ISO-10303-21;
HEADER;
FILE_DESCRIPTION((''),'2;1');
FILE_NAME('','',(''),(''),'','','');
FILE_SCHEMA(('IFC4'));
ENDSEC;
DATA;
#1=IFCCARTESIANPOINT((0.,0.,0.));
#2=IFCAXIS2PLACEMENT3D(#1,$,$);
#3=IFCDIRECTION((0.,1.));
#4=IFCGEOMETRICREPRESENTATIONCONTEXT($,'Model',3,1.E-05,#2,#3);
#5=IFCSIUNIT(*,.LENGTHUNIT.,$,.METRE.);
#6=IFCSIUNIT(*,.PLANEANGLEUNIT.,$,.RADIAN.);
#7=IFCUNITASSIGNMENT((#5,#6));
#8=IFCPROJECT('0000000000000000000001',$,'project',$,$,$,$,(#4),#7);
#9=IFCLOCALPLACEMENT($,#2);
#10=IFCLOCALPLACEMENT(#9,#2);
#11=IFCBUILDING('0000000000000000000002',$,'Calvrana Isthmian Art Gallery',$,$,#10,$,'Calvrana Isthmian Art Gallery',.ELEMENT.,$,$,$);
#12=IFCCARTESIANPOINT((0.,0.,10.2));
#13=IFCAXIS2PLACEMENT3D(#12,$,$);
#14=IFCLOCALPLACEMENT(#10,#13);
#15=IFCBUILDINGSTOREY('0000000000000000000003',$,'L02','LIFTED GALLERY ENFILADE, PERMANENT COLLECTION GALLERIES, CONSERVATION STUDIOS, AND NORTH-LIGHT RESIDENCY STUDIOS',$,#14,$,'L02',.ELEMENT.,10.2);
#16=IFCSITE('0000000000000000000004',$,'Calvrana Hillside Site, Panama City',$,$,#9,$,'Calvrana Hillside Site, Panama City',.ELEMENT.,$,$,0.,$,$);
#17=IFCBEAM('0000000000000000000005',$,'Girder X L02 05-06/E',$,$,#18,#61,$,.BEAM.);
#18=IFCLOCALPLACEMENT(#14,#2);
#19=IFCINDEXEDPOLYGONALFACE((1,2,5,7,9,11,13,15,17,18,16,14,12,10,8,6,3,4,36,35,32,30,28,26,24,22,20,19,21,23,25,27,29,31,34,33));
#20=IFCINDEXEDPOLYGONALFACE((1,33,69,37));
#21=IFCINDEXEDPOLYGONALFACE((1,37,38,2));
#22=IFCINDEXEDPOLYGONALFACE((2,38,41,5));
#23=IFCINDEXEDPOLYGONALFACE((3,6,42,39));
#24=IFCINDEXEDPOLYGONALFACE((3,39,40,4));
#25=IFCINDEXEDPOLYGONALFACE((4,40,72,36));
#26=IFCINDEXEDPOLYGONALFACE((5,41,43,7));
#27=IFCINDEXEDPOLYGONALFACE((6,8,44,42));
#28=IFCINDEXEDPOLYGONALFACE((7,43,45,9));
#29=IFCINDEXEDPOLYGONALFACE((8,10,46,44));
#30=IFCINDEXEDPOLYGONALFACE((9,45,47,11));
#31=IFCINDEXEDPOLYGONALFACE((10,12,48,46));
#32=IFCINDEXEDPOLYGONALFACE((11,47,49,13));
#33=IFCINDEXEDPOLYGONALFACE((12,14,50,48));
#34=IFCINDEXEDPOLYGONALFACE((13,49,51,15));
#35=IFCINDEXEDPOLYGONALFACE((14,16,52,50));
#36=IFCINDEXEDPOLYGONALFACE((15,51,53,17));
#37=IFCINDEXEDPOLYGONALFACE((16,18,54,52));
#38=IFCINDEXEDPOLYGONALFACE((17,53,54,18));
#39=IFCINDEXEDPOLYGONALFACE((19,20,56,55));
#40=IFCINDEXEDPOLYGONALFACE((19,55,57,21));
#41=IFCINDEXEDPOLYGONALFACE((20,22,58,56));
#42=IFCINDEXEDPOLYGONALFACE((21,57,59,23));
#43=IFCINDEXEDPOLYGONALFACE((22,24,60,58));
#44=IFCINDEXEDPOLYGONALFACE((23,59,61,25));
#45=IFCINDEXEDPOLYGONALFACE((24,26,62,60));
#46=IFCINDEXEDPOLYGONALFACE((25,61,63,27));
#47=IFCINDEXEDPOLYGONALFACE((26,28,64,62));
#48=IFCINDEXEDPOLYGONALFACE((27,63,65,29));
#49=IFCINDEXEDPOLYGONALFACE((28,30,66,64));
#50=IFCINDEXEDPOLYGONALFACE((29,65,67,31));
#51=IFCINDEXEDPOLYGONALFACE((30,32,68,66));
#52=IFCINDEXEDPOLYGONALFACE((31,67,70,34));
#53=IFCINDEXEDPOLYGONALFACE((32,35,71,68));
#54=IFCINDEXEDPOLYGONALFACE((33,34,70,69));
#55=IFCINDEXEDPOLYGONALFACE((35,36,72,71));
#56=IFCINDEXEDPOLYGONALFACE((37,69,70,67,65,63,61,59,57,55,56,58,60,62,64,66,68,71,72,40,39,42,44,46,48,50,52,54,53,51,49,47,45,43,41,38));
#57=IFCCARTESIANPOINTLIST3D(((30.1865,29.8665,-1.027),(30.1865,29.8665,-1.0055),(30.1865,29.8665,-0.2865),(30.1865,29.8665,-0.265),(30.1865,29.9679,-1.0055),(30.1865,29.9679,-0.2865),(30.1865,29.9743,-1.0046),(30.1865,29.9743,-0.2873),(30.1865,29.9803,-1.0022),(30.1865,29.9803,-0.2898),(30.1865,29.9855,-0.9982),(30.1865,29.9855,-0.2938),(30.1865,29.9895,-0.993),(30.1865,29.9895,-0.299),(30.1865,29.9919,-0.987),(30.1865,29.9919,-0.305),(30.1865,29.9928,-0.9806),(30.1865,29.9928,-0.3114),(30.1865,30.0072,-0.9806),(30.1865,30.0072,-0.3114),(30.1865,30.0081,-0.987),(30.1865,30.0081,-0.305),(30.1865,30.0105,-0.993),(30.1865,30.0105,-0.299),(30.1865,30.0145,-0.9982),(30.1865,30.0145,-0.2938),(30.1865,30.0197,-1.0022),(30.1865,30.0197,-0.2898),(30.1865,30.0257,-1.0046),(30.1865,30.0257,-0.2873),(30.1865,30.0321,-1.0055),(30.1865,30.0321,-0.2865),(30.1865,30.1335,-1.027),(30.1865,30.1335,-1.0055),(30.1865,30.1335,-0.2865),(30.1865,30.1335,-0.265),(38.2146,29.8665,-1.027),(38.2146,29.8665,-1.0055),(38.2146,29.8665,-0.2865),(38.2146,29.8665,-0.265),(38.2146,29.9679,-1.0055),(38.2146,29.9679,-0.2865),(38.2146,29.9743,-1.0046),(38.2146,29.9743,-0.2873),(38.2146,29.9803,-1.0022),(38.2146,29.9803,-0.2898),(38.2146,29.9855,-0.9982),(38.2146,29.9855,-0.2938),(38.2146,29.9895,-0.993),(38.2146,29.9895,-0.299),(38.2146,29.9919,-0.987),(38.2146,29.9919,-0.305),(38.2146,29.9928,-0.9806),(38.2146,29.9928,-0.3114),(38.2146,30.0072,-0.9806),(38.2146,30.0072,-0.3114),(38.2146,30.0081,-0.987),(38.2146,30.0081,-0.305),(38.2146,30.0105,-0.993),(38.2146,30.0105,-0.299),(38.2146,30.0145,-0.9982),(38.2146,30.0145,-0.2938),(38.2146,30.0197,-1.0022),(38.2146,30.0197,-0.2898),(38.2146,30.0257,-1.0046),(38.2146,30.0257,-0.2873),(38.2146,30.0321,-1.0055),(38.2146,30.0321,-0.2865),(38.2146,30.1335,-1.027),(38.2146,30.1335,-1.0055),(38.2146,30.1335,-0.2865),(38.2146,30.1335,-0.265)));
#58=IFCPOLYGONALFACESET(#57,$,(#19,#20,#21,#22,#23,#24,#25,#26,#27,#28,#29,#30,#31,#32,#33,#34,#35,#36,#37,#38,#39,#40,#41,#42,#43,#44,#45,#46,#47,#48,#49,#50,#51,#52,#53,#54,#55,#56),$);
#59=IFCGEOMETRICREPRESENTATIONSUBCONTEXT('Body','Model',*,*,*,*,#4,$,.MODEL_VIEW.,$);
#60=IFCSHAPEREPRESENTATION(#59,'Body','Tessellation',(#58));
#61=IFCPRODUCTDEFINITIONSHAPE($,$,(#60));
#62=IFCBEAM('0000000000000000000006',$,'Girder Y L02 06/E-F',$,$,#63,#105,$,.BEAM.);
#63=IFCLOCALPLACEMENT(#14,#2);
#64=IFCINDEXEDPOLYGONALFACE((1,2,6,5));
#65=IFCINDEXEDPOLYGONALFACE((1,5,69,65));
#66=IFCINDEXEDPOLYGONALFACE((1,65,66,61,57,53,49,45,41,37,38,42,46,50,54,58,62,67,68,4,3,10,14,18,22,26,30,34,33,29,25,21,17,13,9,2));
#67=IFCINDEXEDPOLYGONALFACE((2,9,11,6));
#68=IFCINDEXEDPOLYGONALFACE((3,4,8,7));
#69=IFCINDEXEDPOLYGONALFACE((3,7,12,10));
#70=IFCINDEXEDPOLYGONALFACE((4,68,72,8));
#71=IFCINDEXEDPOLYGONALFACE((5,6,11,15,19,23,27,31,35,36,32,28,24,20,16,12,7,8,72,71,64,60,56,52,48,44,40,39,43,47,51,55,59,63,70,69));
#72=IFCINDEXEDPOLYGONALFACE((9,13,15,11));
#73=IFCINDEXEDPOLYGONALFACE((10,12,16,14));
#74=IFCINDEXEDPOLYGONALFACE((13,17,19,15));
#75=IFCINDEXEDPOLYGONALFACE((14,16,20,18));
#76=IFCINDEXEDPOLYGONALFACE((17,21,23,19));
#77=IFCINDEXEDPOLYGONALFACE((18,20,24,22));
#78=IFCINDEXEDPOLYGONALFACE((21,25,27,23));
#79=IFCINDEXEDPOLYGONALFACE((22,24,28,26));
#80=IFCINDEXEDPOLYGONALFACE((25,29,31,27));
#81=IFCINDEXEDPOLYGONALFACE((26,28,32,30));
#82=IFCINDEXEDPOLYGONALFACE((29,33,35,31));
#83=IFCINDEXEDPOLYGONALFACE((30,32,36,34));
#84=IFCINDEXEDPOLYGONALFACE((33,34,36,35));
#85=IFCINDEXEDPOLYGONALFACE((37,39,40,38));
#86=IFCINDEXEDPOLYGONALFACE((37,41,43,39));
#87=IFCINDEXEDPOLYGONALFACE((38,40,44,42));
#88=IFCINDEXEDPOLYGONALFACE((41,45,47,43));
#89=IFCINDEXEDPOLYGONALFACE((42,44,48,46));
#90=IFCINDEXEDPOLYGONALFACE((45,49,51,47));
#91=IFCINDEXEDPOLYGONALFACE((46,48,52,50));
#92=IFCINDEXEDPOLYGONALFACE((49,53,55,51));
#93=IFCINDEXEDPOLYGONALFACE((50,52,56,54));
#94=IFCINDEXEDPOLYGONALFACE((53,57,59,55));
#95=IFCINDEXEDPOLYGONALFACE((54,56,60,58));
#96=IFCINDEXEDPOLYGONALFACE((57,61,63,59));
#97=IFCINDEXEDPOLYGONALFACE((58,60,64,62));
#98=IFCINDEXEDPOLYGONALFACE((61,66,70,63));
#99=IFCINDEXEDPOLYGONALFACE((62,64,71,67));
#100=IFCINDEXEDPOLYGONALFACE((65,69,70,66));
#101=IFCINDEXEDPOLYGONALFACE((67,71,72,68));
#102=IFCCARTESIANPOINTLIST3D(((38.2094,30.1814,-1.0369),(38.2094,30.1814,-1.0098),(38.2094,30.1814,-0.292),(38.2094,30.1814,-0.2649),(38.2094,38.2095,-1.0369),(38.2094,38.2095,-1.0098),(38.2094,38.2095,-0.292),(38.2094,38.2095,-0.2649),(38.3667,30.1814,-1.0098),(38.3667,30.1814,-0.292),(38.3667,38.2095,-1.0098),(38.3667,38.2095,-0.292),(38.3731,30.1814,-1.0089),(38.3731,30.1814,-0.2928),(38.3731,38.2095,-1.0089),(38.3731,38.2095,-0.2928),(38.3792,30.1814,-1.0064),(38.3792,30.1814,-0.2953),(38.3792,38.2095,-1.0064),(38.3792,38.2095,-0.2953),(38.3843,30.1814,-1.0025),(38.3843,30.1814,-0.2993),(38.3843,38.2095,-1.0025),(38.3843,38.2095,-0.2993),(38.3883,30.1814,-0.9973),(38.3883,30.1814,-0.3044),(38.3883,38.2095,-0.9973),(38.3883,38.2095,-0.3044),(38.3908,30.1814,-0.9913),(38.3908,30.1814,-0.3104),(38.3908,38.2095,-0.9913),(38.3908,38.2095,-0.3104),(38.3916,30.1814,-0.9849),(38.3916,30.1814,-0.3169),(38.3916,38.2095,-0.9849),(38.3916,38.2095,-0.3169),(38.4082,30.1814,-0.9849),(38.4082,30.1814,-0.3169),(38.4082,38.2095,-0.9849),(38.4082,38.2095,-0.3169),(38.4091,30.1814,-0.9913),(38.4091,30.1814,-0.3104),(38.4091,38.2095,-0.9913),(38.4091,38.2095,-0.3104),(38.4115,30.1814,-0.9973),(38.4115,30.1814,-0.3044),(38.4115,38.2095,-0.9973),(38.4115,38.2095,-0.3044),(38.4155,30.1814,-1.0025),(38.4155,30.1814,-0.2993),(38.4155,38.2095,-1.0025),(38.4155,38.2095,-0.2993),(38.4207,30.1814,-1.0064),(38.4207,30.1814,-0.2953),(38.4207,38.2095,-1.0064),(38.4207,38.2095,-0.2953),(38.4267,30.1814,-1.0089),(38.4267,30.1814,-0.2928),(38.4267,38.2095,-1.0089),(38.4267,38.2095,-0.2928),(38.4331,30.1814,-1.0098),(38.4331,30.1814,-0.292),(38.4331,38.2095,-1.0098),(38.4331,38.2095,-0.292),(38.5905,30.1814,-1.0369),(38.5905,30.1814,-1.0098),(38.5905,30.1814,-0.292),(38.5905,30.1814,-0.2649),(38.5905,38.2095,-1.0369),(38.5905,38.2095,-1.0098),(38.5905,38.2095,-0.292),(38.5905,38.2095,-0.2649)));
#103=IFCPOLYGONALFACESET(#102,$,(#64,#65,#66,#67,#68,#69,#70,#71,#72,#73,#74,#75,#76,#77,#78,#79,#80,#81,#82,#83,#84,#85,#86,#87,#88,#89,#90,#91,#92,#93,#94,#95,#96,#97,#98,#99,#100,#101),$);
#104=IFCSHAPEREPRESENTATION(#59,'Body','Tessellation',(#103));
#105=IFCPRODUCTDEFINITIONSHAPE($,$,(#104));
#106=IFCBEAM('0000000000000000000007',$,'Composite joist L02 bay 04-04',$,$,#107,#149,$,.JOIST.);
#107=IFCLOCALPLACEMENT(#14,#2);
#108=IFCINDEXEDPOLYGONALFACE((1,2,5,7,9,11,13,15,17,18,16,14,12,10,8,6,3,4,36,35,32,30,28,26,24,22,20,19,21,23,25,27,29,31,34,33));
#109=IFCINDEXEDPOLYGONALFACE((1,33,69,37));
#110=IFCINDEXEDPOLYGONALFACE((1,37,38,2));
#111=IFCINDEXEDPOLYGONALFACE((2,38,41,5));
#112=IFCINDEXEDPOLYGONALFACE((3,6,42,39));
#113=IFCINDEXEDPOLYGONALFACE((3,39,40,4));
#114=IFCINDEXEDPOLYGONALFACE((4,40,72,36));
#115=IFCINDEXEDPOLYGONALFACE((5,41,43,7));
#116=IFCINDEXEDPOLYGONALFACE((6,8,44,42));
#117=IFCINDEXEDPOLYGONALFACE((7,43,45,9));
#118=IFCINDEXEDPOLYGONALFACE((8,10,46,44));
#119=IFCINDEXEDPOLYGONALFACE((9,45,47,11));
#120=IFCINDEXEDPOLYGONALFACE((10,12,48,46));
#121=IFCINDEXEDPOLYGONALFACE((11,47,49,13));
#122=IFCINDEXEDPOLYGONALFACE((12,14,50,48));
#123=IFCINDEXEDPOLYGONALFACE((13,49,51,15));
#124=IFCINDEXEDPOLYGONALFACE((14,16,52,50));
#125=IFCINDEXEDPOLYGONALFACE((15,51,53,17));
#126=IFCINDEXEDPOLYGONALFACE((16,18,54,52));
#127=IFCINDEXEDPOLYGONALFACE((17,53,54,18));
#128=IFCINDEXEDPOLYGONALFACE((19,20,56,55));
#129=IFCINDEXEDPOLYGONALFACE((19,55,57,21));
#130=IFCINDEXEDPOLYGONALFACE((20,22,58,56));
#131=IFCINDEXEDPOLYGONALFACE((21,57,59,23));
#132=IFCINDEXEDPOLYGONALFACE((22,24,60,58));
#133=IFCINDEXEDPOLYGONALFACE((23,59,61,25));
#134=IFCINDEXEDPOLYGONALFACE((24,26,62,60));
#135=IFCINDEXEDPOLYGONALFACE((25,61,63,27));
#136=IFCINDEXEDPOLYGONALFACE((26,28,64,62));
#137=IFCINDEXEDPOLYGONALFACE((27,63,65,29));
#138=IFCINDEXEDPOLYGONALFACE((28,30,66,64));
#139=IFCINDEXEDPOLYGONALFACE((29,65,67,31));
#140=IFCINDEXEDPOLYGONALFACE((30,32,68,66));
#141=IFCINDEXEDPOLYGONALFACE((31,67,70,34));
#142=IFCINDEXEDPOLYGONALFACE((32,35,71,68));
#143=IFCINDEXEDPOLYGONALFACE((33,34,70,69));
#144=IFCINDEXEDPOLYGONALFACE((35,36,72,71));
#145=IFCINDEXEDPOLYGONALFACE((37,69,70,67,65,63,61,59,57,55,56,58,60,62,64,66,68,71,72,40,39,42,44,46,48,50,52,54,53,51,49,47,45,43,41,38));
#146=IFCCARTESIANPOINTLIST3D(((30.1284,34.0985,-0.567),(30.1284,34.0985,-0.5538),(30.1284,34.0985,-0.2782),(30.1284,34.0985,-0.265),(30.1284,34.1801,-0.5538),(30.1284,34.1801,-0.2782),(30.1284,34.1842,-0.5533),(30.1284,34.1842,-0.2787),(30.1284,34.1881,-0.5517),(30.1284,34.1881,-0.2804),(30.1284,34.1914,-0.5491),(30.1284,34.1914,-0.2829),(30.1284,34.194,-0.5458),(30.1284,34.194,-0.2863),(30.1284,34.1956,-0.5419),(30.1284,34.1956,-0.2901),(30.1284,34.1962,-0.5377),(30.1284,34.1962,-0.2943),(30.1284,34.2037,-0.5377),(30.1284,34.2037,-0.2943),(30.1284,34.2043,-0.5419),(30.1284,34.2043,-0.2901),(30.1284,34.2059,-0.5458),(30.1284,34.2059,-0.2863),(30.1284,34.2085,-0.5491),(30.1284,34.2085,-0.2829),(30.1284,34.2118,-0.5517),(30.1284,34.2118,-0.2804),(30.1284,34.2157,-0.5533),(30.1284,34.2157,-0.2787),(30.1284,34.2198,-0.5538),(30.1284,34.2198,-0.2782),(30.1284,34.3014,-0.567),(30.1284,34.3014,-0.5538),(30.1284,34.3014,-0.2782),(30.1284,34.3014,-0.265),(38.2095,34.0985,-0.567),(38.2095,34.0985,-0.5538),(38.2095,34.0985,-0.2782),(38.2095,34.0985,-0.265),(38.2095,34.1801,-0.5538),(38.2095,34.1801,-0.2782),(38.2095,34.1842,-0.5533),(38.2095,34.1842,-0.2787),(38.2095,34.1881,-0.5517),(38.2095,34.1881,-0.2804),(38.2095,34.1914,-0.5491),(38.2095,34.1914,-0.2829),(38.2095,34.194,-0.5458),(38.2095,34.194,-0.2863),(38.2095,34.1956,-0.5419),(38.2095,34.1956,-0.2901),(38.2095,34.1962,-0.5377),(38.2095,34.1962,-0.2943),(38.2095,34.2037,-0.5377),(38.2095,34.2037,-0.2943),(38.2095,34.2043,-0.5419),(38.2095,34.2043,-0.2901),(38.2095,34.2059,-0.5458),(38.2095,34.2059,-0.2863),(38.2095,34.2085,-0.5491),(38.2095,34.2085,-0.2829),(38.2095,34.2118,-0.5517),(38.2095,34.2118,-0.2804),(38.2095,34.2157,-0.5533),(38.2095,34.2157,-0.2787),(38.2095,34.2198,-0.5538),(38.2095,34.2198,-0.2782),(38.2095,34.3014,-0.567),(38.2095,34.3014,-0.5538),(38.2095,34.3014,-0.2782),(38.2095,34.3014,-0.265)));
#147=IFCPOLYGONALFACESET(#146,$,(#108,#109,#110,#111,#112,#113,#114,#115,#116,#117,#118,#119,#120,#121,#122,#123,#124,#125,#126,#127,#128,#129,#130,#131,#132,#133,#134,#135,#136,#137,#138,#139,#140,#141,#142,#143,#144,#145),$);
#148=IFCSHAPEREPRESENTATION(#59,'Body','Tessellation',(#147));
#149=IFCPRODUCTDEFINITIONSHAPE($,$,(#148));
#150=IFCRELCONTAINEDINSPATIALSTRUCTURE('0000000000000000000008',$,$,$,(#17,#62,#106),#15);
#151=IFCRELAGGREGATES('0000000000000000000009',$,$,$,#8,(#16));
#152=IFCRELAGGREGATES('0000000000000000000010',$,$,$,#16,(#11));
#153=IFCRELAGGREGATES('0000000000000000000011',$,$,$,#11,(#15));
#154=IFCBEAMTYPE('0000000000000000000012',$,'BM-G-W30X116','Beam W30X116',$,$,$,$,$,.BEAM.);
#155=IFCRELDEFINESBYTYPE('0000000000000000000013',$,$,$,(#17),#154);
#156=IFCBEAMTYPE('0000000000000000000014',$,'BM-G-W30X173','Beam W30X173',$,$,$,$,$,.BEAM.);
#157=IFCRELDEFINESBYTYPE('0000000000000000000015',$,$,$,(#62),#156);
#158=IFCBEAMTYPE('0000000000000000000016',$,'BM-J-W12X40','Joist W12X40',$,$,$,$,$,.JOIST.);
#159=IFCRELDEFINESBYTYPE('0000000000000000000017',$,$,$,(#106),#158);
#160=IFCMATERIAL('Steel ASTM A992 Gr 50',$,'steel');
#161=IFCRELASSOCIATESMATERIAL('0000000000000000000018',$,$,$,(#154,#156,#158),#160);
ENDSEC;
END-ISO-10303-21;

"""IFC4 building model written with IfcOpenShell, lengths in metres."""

from ifc_helpers import new_model, si_unit, direction, frame, origin, origin_2d, place, context, subcontext, project, spatial, i_section, extrude, material, material_profile, profile_set, type_object, element, save


model = new_model("IFC4")

# Units and contexts
model_context = context("Model", 3, precision=1e-05, world=origin(), true_north=direction((0.0, 1.0)))
body_context = subcontext(model_context, "Body", "Model", "MODEL_VIEW")
ifc_project = project(units=[si_unit("LENGTHUNIT", "METRE"), si_unit("PLANEANGLEUNIT", "RADIAN")], contexts=[model_context])

# Site, building, storey
site_placement = place(None, origin())
site = spatial("IfcSite", under=ifc_project, at=site_placement, Name="Calvrana Hillside Site, Panama City", LongName="Calvrana Hillside Site, Panama City", CompositionType="ELEMENT", RefElevation=0.0)
building_placement = place(site_placement, origin())
building = spatial("IfcBuilding", under=site, at=building_placement, Name="Calvrana Isthmian Art Gallery", LongName="Calvrana Isthmian Art Gallery", CompositionType="ELEMENT")
storey_placement = place(building_placement, frame((0.0, 0.0, 10.2)))
storey = spatial("IfcBuildingStorey", under=building, at=storey_placement, Name="L02", Description="LIFTED GALLERY ENFILADE, PERMANENT COLLECTION GALLERIES, CONSERVATION STUDIOS, AND NORTH-LIGHT RESIDENCY STUDIOS", LongName="L02", CompositionType="ELEMENT", Elevation=10.2)

# Shared definitions
ifc_material_1 = material(Name="Steel ASTM A992 Gr 50", Category="steel")

# Beams
ifc_material_profile_1 = material_profile(ifc_material_1, i_section(OverallWidth=0.2671, OverallDepth=0.762, WebThickness=0.0144, FlangeThickness=0.0215, FilletRadius=0.0249, at=origin_2d()), Name="W30X116")
ifc_profile_set_1 = profile_set([ifc_material_profile_1], Name="Steel ASTM A992 Gr 50")
beam_type_1 = type_object("IfcBeamType", Name="BM-G-W30X116", Description="Beam W30X116", PredefinedType="BEAM", material=ifc_profile_set_1)
beam_1_placement = place(storey_placement, frame((30.1865, 30.0, -0.646), z_axis=(1.0, 0.0, 0.0), x_axis=(0.0, 1.0, 0.0)))
element("IfcBeam", 1, at=beam_1_placement, inside=storey, type_object=beam_type_1, Name="Girder X L02 05-06/E", PredefinedType="BEAM", context=body_context, shape_type="SweptSolid", body=[
    extrude(i_section(OverallWidth=0.2671, OverallDepth=0.762, WebThickness=0.0144, FlangeThickness=0.0215, FilletRadius=0.0249, at=origin_2d()), origin(), (0.0, 0.0, 1.0), 8.0281),
])
ifc_material_profile_2 = material_profile(ifc_material_1, i_section(OverallWidth=0.3811, OverallDepth=0.772, WebThickness=0.0166, FlangeThickness=0.0271, FilletRadius=0.0249, at=origin_2d()), Name="W30X173")
ifc_profile_set_2 = profile_set([ifc_material_profile_2], Name="Steel ASTM A992 Gr 50")
beam_type_2 = type_object("IfcBeamType", Name="BM-G-W30X173", Description="Beam W30X173", PredefinedType="BEAM", material=ifc_profile_set_2)
beam_2_placement = place(storey_placement, frame((38.3999, 30.1814, -0.6509), z_axis=(0.0, 1.0, 0.0), x_axis=(-1.0, 0.0, 0.0)))
element("IfcBeam", 2, at=beam_2_placement, inside=storey, type_object=beam_type_2, Name="Girder Y L02 06/E-F", PredefinedType="BEAM", context=body_context, shape_type="SweptSolid", body=[
    extrude(i_section(OverallWidth=0.3811, OverallDepth=0.772, WebThickness=0.0166, FlangeThickness=0.0271, FilletRadius=0.0249, at=origin_2d()), origin(), (0.0, 0.0, 1.0), 8.0281),
])
ifc_material_profile_3 = material_profile(ifc_material_1, i_section(OverallWidth=0.2029, OverallDepth=0.302, WebThickness=0.0076, FlangeThickness=0.0132, FilletRadius=0.0161, at=origin_2d()), Name="W12X40")
ifc_profile_set_3 = profile_set([ifc_material_profile_3], Name="Steel ASTM A992 Gr 50")
beam_type_3 = type_object("IfcBeamType", Name="BM-J-W12X40", Description="Joist W12X40", PredefinedType="JOIST", material=ifc_profile_set_3)
beam_3_placement = place(storey_placement, frame((30.1284, 34.2, -0.416), z_axis=(1.0, 0.0, 0.0), x_axis=(0.0, 1.0, 0.0)))
element("IfcBeam", 3, at=beam_3_placement, inside=storey, type_object=beam_type_3, Name="Composite joist L02 bay 04-04", PredefinedType="JOIST", context=body_context, shape_type="SweptSolid", body=[
    extrude(i_section(OverallWidth=0.2029, OverallDepth=0.302, WebThickness=0.0076, FlangeThickness=0.0132, FilletRadius=0.0161, at=origin_2d()), origin(), (0.0, 0.0, 1.0), 8.0811),
])

save(model, "model.ifc")
